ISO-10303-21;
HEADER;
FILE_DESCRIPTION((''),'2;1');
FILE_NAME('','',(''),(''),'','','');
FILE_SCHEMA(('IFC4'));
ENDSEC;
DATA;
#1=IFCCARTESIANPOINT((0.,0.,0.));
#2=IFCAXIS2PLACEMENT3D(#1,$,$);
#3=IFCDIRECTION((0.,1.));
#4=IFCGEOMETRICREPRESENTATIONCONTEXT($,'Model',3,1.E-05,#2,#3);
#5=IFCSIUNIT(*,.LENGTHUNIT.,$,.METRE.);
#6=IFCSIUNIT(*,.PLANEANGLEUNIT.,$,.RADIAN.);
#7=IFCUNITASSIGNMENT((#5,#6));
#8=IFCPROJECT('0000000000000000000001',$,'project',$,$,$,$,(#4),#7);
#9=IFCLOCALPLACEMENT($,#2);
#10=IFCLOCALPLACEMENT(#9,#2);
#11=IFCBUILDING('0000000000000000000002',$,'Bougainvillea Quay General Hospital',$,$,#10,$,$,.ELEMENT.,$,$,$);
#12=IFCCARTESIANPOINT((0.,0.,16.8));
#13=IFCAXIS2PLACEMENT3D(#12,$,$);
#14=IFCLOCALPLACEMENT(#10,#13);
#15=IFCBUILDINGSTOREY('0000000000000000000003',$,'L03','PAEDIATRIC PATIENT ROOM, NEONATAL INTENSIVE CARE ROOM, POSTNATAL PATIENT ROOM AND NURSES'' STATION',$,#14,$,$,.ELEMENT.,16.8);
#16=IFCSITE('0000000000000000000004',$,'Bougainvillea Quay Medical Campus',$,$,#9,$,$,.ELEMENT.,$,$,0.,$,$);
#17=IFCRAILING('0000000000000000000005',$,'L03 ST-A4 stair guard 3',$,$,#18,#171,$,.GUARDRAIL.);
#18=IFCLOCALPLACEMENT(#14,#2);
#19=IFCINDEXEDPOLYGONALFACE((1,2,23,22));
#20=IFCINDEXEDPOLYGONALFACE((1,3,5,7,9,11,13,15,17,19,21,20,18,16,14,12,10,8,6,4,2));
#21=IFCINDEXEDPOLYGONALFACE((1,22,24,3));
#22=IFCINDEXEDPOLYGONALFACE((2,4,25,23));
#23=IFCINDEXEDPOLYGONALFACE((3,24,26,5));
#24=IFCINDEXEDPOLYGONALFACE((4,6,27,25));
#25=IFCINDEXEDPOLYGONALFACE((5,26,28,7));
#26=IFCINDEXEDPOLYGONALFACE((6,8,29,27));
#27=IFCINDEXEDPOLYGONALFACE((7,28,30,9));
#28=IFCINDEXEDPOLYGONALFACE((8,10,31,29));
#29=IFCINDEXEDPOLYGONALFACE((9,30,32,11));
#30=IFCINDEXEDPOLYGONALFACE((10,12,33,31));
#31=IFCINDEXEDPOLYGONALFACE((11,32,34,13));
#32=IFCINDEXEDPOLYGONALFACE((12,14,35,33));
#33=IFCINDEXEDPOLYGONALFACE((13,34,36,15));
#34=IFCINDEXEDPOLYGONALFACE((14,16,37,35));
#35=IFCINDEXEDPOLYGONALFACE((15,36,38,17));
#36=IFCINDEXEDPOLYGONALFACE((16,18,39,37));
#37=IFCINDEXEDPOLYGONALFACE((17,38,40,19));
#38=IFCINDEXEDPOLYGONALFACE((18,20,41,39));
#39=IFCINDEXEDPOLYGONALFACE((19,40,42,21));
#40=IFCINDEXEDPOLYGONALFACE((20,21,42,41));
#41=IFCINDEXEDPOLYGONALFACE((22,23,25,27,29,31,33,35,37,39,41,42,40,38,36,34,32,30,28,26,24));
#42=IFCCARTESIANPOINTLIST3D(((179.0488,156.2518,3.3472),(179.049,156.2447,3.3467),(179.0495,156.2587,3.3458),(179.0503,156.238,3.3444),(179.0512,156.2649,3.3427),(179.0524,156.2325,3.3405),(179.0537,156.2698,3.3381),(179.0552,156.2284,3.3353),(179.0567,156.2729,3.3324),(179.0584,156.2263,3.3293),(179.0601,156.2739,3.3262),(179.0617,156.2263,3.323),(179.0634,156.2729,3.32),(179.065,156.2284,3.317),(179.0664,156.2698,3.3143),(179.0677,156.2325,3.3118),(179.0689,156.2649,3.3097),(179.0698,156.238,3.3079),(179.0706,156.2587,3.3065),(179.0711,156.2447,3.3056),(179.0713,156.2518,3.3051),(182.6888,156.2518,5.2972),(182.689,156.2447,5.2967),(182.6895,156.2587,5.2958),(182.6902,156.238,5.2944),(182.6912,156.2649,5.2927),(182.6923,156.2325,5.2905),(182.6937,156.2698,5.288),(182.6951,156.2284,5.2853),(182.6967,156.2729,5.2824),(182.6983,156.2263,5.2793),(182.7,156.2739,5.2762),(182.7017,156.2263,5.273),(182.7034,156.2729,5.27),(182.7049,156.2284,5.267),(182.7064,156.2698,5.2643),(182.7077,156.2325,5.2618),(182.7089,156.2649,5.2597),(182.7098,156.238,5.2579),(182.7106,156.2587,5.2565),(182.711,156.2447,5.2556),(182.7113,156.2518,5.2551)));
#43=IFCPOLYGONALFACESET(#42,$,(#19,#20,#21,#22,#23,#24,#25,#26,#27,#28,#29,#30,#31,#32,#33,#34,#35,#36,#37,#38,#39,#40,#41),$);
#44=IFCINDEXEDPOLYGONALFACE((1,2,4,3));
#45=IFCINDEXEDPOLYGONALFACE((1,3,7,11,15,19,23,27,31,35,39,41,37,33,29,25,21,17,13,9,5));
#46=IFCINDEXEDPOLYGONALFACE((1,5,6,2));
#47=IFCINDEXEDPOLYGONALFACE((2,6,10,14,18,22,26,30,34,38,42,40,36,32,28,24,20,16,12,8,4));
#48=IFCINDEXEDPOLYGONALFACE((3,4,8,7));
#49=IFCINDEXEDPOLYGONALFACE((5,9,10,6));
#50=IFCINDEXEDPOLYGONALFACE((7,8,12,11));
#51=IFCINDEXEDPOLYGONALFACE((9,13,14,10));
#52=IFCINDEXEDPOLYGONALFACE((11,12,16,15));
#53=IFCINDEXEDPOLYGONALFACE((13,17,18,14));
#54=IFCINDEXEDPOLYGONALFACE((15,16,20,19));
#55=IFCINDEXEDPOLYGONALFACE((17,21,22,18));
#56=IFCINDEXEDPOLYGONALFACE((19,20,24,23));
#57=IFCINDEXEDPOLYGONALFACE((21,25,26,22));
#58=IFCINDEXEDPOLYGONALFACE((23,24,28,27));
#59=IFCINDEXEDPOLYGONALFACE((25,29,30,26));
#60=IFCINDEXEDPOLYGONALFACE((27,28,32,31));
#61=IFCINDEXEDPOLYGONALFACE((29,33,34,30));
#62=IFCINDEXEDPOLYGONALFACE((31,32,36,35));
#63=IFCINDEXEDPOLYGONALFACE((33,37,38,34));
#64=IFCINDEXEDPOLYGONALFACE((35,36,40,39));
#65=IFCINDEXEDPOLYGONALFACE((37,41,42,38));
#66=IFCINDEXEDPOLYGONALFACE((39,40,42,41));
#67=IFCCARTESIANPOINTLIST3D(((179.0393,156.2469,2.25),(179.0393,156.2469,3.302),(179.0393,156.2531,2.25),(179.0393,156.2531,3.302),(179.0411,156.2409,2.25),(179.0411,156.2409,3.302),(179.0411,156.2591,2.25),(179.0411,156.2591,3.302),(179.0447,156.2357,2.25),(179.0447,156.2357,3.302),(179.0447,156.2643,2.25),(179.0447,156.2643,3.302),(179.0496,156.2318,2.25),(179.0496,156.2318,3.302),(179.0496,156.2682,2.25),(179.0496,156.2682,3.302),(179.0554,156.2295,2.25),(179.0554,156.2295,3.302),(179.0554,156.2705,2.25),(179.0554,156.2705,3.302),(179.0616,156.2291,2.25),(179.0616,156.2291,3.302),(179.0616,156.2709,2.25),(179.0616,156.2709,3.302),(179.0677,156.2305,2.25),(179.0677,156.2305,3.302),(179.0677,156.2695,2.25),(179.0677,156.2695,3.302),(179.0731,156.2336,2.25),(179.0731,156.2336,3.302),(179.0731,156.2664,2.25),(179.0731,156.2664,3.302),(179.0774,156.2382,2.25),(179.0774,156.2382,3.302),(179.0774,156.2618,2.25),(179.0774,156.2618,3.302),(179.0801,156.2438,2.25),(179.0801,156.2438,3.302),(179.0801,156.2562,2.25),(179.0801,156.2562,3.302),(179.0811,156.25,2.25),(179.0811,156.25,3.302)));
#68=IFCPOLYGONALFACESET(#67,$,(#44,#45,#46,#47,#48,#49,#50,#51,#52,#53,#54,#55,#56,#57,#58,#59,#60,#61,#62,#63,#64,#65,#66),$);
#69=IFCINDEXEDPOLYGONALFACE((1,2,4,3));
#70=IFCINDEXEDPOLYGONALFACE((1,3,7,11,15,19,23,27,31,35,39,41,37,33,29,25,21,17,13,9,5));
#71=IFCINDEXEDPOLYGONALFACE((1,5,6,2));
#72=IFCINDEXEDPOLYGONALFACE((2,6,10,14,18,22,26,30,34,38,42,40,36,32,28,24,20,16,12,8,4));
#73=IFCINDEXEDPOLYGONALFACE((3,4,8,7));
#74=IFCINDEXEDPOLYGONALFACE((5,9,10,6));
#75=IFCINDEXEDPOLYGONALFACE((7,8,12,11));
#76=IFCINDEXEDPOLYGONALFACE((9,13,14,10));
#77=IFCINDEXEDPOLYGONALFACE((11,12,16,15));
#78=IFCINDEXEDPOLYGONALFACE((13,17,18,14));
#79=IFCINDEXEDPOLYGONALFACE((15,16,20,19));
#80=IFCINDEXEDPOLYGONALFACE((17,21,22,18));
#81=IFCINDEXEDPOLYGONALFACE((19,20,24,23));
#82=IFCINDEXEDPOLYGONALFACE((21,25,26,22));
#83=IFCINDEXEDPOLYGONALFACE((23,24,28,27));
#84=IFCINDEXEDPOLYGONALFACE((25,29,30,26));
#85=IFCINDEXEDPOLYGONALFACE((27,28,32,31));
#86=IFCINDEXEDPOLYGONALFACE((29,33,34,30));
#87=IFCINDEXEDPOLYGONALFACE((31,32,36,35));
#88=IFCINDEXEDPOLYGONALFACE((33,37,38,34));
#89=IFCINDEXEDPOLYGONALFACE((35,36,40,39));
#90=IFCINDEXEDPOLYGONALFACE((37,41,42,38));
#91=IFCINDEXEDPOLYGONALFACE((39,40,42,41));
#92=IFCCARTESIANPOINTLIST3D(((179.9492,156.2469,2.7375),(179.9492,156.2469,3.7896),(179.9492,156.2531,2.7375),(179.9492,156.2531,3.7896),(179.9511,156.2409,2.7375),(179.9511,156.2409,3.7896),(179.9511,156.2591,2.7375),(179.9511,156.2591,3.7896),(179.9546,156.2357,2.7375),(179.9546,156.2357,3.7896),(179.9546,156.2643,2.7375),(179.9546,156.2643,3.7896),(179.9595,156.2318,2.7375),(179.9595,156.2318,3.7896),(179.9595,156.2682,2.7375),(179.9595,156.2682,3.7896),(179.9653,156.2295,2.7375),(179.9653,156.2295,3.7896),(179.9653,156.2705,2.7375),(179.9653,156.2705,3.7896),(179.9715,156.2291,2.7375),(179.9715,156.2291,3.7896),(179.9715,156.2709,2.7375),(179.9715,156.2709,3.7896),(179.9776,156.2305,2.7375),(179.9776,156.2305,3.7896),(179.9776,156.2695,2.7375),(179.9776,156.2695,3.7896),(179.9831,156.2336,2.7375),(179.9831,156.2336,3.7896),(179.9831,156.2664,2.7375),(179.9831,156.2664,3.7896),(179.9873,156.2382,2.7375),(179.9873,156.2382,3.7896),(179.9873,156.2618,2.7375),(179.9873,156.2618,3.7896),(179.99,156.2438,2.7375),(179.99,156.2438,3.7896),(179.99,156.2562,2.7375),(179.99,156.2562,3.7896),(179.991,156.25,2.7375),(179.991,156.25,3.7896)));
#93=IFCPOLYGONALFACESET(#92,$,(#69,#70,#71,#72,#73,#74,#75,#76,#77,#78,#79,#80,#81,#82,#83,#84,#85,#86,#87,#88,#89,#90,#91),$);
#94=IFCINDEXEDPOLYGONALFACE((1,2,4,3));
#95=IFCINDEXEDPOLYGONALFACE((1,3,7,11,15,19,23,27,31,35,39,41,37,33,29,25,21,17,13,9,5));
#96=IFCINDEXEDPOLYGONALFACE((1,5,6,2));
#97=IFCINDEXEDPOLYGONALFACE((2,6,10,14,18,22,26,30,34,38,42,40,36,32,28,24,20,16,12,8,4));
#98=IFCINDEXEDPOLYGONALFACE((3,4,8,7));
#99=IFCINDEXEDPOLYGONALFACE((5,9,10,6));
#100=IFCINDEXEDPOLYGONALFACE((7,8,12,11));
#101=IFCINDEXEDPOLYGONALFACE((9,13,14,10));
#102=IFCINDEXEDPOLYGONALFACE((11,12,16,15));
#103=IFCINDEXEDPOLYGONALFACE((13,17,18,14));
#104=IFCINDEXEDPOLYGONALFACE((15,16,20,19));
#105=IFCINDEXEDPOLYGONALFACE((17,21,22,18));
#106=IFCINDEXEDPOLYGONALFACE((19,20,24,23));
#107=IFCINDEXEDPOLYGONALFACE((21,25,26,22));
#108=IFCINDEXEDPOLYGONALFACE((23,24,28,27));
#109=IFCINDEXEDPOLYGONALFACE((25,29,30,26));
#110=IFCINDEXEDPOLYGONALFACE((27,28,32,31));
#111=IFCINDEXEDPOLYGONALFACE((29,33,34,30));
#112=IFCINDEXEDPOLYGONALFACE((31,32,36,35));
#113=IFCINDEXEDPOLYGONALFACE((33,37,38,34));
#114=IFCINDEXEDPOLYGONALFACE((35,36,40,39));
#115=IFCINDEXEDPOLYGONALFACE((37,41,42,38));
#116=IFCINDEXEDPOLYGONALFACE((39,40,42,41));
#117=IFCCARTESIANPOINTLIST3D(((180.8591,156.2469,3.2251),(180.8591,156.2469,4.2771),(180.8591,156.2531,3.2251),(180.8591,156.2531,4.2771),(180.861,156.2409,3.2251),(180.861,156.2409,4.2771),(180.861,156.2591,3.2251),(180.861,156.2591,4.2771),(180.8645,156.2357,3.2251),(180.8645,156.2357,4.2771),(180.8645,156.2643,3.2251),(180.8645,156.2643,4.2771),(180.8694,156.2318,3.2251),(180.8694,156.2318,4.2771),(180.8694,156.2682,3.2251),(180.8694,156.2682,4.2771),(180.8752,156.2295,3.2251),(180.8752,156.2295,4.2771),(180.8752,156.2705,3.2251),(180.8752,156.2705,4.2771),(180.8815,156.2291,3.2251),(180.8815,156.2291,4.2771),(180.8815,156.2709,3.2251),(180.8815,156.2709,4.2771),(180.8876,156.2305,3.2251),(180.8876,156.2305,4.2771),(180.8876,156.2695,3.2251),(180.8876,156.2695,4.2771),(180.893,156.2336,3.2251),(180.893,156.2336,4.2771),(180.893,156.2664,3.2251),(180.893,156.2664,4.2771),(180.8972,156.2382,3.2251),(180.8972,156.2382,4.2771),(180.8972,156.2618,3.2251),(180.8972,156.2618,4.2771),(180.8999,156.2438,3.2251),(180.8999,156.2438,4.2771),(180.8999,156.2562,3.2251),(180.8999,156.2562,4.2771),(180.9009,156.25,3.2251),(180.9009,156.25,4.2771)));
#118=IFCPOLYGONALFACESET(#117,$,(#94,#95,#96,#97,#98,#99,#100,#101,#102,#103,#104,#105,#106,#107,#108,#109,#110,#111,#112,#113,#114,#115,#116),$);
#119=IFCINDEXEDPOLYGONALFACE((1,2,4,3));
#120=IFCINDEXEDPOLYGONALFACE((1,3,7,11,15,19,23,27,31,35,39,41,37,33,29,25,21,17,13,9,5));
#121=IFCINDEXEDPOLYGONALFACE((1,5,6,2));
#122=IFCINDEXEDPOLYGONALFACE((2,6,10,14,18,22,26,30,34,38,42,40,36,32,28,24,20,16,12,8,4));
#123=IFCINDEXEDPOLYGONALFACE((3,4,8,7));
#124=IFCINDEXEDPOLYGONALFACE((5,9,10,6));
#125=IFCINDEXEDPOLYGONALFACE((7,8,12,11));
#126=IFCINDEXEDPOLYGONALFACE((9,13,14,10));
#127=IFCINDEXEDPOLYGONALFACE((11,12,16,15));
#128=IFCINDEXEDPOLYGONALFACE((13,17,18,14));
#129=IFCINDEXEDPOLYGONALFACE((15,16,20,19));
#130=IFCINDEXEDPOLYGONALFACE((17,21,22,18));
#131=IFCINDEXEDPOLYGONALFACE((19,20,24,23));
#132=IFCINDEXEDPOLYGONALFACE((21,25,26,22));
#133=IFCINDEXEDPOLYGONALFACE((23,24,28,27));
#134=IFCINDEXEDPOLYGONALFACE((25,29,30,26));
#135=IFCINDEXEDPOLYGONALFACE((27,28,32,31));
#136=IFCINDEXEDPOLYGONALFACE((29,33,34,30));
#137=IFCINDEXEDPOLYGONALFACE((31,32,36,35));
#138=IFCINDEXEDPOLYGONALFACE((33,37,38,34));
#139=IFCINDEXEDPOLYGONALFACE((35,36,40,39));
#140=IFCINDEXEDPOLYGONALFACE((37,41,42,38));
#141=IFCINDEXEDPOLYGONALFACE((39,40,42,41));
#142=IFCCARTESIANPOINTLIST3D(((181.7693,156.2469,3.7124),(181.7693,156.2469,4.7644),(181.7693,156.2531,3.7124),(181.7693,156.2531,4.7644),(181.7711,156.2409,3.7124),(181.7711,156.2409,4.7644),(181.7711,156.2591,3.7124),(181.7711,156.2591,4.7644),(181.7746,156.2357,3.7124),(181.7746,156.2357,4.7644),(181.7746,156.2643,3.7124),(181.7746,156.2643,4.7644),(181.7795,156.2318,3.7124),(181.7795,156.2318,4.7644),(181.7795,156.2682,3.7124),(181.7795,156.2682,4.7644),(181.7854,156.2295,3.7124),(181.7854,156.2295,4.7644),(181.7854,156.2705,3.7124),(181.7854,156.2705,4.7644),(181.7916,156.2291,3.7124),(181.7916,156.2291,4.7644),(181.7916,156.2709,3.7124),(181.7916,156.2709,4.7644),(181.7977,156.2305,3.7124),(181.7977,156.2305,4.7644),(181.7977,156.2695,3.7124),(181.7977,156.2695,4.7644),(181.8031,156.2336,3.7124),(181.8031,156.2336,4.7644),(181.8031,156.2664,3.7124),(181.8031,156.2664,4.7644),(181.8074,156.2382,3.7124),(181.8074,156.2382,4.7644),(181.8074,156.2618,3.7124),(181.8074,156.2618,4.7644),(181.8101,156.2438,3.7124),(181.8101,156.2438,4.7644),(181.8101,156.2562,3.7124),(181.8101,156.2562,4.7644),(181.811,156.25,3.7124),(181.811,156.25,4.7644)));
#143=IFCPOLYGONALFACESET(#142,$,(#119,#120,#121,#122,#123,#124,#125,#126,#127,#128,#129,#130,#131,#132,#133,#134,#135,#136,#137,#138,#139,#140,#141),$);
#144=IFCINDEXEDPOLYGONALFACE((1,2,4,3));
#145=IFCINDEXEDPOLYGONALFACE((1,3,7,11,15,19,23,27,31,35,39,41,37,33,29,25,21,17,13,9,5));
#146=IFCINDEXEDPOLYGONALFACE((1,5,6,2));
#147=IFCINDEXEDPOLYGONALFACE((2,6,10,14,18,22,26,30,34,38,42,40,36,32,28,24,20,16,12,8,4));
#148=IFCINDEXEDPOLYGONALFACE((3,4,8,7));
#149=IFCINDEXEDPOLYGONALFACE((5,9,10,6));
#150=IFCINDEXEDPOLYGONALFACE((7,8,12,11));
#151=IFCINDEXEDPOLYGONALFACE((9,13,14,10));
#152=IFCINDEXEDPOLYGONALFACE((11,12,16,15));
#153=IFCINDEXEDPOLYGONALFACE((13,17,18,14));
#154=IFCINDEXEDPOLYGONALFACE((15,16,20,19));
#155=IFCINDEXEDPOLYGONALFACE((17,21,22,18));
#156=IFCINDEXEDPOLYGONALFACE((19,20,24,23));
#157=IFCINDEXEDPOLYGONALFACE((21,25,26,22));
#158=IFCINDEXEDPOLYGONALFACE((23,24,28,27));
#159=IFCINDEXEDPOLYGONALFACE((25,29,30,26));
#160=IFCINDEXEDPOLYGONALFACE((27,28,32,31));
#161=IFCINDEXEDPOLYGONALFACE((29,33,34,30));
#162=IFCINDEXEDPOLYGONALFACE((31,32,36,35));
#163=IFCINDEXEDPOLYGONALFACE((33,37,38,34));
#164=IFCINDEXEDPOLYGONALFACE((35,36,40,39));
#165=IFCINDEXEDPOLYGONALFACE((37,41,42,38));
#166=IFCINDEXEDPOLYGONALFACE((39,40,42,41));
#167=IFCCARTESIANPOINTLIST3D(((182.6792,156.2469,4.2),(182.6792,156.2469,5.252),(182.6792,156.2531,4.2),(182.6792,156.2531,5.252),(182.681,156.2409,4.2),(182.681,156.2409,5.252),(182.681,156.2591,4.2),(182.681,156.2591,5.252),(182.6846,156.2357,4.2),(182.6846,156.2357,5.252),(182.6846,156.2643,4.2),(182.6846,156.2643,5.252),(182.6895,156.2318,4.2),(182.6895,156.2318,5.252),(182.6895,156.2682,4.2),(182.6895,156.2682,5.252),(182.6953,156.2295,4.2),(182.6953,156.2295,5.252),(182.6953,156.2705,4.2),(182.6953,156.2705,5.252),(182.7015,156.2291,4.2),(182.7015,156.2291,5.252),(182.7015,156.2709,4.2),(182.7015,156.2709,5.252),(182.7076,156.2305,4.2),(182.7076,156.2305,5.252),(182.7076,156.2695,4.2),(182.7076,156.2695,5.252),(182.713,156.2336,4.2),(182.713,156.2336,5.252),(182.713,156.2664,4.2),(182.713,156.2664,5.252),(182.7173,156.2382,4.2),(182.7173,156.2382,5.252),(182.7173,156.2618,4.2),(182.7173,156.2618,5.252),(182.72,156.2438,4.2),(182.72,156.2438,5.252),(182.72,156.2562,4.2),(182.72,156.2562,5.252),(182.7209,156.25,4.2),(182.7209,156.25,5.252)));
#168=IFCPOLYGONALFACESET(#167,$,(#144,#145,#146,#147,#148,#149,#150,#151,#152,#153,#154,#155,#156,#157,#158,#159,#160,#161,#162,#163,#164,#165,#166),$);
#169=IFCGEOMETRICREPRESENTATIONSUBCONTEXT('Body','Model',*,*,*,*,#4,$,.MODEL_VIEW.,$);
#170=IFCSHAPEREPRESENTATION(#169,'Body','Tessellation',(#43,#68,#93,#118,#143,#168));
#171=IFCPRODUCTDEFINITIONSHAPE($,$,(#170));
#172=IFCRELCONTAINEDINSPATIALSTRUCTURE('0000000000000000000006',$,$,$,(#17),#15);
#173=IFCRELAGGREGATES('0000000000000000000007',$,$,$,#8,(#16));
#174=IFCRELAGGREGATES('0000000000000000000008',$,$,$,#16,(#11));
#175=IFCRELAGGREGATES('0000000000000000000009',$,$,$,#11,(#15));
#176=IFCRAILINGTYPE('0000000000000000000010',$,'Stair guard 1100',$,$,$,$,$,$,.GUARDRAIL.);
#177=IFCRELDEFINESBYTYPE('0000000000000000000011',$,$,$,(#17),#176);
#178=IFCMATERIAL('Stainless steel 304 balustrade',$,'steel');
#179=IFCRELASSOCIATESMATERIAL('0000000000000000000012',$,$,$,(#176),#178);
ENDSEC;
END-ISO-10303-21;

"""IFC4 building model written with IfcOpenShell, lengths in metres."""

from ifc_helpers import new_model, si_unit, direction, frame, origin, origin_2d, place, context, subcontext, project, spatial, circle, extrude, material, type_object, element, save


model = new_model("IFC4")

# Units and contexts
model_context = context("Model", 3, precision=1e-05, world=origin(), true_north=direction((0.0, 1.0)))
body_context = subcontext(model_context, "Body", "Model", "MODEL_VIEW")
ifc_project = project(units=[si_unit("LENGTHUNIT", "METRE"), si_unit("PLANEANGLEUNIT", "RADIAN")], contexts=[model_context])

# Site, building, storey
site_placement = place(None, origin())
site = spatial("IfcSite", under=ifc_project, at=site_placement, Name="Bougainvillea Quay Medical Campus", CompositionType="ELEMENT", RefElevation=0.0)
building_placement = place(site_placement, origin())
building = spatial("IfcBuilding", under=site, at=building_placement, Name="Bougainvillea Quay General Hospital", CompositionType="ELEMENT")
storey_placement = place(building_placement, frame((0.0, 0.0, 16.8)))
storey = spatial("IfcBuildingStorey", under=building, at=storey_placement, Name="L03", Description="PAEDIATRIC PATIENT ROOM, NEONATAL INTENSIVE CARE ROOM, POSTNATAL PATIENT ROOM AND NURSES' STATION", CompositionType="ELEMENT", Elevation=16.8)

# Railing
ifc_material_1 = material(Name="Stainless steel 304 balustrade", Category="steel")
railing_type_1 = type_object("IfcRailingType", Name="Stair guard 1100", PredefinedType="GUARDRAIL", material=ifc_material_1)
railing_1_placement = place(storey_placement, frame((179.0601, 156.25, 2.25)))
element("IfcRailing", 1, at=railing_1_placement, inside=storey, type_object=railing_type_1, Name="L03 ST-A4 stair guard 3", PredefinedType="GUARDRAIL", context=body_context, shape_type="SweptSolid", body=[
    extrude(circle(Radius=0.0239, at=origin_2d()), frame((0.0, 0.0, 1.0762), z_axis=(0.881479, 0.0, 0.472223), x_axis=(0.0, 1.0, 0.0)), (0.0, 0.0, 1.0), 4.1294),
    extrude(circle(Radius=0.021, at=origin_2d()), origin(), (0.0, 0.0, 1.0), 1.052),
    extrude(circle(Radius=0.021, at=origin_2d()), frame((0.9099, 0.0, 0.4875)), (0.0, 0.0, 1.0), 1.052),
    extrude(circle(Radius=0.021, at=origin_2d()), frame((1.8198, 0.0, 0.9751)), (0.0, 0.0, 1.0), 1.052),
    extrude(circle(Radius=0.021, at=origin_2d()), frame((2.73, 0.0, 1.4624)), (0.0, 0.0, 1.0), 1.052),
    extrude(circle(Radius=0.021, at=origin_2d()), frame((3.6399, 0.0, 1.95)), (0.0, 0.0, 1.0), 1.052),
])

save(model, "model.ifc")
